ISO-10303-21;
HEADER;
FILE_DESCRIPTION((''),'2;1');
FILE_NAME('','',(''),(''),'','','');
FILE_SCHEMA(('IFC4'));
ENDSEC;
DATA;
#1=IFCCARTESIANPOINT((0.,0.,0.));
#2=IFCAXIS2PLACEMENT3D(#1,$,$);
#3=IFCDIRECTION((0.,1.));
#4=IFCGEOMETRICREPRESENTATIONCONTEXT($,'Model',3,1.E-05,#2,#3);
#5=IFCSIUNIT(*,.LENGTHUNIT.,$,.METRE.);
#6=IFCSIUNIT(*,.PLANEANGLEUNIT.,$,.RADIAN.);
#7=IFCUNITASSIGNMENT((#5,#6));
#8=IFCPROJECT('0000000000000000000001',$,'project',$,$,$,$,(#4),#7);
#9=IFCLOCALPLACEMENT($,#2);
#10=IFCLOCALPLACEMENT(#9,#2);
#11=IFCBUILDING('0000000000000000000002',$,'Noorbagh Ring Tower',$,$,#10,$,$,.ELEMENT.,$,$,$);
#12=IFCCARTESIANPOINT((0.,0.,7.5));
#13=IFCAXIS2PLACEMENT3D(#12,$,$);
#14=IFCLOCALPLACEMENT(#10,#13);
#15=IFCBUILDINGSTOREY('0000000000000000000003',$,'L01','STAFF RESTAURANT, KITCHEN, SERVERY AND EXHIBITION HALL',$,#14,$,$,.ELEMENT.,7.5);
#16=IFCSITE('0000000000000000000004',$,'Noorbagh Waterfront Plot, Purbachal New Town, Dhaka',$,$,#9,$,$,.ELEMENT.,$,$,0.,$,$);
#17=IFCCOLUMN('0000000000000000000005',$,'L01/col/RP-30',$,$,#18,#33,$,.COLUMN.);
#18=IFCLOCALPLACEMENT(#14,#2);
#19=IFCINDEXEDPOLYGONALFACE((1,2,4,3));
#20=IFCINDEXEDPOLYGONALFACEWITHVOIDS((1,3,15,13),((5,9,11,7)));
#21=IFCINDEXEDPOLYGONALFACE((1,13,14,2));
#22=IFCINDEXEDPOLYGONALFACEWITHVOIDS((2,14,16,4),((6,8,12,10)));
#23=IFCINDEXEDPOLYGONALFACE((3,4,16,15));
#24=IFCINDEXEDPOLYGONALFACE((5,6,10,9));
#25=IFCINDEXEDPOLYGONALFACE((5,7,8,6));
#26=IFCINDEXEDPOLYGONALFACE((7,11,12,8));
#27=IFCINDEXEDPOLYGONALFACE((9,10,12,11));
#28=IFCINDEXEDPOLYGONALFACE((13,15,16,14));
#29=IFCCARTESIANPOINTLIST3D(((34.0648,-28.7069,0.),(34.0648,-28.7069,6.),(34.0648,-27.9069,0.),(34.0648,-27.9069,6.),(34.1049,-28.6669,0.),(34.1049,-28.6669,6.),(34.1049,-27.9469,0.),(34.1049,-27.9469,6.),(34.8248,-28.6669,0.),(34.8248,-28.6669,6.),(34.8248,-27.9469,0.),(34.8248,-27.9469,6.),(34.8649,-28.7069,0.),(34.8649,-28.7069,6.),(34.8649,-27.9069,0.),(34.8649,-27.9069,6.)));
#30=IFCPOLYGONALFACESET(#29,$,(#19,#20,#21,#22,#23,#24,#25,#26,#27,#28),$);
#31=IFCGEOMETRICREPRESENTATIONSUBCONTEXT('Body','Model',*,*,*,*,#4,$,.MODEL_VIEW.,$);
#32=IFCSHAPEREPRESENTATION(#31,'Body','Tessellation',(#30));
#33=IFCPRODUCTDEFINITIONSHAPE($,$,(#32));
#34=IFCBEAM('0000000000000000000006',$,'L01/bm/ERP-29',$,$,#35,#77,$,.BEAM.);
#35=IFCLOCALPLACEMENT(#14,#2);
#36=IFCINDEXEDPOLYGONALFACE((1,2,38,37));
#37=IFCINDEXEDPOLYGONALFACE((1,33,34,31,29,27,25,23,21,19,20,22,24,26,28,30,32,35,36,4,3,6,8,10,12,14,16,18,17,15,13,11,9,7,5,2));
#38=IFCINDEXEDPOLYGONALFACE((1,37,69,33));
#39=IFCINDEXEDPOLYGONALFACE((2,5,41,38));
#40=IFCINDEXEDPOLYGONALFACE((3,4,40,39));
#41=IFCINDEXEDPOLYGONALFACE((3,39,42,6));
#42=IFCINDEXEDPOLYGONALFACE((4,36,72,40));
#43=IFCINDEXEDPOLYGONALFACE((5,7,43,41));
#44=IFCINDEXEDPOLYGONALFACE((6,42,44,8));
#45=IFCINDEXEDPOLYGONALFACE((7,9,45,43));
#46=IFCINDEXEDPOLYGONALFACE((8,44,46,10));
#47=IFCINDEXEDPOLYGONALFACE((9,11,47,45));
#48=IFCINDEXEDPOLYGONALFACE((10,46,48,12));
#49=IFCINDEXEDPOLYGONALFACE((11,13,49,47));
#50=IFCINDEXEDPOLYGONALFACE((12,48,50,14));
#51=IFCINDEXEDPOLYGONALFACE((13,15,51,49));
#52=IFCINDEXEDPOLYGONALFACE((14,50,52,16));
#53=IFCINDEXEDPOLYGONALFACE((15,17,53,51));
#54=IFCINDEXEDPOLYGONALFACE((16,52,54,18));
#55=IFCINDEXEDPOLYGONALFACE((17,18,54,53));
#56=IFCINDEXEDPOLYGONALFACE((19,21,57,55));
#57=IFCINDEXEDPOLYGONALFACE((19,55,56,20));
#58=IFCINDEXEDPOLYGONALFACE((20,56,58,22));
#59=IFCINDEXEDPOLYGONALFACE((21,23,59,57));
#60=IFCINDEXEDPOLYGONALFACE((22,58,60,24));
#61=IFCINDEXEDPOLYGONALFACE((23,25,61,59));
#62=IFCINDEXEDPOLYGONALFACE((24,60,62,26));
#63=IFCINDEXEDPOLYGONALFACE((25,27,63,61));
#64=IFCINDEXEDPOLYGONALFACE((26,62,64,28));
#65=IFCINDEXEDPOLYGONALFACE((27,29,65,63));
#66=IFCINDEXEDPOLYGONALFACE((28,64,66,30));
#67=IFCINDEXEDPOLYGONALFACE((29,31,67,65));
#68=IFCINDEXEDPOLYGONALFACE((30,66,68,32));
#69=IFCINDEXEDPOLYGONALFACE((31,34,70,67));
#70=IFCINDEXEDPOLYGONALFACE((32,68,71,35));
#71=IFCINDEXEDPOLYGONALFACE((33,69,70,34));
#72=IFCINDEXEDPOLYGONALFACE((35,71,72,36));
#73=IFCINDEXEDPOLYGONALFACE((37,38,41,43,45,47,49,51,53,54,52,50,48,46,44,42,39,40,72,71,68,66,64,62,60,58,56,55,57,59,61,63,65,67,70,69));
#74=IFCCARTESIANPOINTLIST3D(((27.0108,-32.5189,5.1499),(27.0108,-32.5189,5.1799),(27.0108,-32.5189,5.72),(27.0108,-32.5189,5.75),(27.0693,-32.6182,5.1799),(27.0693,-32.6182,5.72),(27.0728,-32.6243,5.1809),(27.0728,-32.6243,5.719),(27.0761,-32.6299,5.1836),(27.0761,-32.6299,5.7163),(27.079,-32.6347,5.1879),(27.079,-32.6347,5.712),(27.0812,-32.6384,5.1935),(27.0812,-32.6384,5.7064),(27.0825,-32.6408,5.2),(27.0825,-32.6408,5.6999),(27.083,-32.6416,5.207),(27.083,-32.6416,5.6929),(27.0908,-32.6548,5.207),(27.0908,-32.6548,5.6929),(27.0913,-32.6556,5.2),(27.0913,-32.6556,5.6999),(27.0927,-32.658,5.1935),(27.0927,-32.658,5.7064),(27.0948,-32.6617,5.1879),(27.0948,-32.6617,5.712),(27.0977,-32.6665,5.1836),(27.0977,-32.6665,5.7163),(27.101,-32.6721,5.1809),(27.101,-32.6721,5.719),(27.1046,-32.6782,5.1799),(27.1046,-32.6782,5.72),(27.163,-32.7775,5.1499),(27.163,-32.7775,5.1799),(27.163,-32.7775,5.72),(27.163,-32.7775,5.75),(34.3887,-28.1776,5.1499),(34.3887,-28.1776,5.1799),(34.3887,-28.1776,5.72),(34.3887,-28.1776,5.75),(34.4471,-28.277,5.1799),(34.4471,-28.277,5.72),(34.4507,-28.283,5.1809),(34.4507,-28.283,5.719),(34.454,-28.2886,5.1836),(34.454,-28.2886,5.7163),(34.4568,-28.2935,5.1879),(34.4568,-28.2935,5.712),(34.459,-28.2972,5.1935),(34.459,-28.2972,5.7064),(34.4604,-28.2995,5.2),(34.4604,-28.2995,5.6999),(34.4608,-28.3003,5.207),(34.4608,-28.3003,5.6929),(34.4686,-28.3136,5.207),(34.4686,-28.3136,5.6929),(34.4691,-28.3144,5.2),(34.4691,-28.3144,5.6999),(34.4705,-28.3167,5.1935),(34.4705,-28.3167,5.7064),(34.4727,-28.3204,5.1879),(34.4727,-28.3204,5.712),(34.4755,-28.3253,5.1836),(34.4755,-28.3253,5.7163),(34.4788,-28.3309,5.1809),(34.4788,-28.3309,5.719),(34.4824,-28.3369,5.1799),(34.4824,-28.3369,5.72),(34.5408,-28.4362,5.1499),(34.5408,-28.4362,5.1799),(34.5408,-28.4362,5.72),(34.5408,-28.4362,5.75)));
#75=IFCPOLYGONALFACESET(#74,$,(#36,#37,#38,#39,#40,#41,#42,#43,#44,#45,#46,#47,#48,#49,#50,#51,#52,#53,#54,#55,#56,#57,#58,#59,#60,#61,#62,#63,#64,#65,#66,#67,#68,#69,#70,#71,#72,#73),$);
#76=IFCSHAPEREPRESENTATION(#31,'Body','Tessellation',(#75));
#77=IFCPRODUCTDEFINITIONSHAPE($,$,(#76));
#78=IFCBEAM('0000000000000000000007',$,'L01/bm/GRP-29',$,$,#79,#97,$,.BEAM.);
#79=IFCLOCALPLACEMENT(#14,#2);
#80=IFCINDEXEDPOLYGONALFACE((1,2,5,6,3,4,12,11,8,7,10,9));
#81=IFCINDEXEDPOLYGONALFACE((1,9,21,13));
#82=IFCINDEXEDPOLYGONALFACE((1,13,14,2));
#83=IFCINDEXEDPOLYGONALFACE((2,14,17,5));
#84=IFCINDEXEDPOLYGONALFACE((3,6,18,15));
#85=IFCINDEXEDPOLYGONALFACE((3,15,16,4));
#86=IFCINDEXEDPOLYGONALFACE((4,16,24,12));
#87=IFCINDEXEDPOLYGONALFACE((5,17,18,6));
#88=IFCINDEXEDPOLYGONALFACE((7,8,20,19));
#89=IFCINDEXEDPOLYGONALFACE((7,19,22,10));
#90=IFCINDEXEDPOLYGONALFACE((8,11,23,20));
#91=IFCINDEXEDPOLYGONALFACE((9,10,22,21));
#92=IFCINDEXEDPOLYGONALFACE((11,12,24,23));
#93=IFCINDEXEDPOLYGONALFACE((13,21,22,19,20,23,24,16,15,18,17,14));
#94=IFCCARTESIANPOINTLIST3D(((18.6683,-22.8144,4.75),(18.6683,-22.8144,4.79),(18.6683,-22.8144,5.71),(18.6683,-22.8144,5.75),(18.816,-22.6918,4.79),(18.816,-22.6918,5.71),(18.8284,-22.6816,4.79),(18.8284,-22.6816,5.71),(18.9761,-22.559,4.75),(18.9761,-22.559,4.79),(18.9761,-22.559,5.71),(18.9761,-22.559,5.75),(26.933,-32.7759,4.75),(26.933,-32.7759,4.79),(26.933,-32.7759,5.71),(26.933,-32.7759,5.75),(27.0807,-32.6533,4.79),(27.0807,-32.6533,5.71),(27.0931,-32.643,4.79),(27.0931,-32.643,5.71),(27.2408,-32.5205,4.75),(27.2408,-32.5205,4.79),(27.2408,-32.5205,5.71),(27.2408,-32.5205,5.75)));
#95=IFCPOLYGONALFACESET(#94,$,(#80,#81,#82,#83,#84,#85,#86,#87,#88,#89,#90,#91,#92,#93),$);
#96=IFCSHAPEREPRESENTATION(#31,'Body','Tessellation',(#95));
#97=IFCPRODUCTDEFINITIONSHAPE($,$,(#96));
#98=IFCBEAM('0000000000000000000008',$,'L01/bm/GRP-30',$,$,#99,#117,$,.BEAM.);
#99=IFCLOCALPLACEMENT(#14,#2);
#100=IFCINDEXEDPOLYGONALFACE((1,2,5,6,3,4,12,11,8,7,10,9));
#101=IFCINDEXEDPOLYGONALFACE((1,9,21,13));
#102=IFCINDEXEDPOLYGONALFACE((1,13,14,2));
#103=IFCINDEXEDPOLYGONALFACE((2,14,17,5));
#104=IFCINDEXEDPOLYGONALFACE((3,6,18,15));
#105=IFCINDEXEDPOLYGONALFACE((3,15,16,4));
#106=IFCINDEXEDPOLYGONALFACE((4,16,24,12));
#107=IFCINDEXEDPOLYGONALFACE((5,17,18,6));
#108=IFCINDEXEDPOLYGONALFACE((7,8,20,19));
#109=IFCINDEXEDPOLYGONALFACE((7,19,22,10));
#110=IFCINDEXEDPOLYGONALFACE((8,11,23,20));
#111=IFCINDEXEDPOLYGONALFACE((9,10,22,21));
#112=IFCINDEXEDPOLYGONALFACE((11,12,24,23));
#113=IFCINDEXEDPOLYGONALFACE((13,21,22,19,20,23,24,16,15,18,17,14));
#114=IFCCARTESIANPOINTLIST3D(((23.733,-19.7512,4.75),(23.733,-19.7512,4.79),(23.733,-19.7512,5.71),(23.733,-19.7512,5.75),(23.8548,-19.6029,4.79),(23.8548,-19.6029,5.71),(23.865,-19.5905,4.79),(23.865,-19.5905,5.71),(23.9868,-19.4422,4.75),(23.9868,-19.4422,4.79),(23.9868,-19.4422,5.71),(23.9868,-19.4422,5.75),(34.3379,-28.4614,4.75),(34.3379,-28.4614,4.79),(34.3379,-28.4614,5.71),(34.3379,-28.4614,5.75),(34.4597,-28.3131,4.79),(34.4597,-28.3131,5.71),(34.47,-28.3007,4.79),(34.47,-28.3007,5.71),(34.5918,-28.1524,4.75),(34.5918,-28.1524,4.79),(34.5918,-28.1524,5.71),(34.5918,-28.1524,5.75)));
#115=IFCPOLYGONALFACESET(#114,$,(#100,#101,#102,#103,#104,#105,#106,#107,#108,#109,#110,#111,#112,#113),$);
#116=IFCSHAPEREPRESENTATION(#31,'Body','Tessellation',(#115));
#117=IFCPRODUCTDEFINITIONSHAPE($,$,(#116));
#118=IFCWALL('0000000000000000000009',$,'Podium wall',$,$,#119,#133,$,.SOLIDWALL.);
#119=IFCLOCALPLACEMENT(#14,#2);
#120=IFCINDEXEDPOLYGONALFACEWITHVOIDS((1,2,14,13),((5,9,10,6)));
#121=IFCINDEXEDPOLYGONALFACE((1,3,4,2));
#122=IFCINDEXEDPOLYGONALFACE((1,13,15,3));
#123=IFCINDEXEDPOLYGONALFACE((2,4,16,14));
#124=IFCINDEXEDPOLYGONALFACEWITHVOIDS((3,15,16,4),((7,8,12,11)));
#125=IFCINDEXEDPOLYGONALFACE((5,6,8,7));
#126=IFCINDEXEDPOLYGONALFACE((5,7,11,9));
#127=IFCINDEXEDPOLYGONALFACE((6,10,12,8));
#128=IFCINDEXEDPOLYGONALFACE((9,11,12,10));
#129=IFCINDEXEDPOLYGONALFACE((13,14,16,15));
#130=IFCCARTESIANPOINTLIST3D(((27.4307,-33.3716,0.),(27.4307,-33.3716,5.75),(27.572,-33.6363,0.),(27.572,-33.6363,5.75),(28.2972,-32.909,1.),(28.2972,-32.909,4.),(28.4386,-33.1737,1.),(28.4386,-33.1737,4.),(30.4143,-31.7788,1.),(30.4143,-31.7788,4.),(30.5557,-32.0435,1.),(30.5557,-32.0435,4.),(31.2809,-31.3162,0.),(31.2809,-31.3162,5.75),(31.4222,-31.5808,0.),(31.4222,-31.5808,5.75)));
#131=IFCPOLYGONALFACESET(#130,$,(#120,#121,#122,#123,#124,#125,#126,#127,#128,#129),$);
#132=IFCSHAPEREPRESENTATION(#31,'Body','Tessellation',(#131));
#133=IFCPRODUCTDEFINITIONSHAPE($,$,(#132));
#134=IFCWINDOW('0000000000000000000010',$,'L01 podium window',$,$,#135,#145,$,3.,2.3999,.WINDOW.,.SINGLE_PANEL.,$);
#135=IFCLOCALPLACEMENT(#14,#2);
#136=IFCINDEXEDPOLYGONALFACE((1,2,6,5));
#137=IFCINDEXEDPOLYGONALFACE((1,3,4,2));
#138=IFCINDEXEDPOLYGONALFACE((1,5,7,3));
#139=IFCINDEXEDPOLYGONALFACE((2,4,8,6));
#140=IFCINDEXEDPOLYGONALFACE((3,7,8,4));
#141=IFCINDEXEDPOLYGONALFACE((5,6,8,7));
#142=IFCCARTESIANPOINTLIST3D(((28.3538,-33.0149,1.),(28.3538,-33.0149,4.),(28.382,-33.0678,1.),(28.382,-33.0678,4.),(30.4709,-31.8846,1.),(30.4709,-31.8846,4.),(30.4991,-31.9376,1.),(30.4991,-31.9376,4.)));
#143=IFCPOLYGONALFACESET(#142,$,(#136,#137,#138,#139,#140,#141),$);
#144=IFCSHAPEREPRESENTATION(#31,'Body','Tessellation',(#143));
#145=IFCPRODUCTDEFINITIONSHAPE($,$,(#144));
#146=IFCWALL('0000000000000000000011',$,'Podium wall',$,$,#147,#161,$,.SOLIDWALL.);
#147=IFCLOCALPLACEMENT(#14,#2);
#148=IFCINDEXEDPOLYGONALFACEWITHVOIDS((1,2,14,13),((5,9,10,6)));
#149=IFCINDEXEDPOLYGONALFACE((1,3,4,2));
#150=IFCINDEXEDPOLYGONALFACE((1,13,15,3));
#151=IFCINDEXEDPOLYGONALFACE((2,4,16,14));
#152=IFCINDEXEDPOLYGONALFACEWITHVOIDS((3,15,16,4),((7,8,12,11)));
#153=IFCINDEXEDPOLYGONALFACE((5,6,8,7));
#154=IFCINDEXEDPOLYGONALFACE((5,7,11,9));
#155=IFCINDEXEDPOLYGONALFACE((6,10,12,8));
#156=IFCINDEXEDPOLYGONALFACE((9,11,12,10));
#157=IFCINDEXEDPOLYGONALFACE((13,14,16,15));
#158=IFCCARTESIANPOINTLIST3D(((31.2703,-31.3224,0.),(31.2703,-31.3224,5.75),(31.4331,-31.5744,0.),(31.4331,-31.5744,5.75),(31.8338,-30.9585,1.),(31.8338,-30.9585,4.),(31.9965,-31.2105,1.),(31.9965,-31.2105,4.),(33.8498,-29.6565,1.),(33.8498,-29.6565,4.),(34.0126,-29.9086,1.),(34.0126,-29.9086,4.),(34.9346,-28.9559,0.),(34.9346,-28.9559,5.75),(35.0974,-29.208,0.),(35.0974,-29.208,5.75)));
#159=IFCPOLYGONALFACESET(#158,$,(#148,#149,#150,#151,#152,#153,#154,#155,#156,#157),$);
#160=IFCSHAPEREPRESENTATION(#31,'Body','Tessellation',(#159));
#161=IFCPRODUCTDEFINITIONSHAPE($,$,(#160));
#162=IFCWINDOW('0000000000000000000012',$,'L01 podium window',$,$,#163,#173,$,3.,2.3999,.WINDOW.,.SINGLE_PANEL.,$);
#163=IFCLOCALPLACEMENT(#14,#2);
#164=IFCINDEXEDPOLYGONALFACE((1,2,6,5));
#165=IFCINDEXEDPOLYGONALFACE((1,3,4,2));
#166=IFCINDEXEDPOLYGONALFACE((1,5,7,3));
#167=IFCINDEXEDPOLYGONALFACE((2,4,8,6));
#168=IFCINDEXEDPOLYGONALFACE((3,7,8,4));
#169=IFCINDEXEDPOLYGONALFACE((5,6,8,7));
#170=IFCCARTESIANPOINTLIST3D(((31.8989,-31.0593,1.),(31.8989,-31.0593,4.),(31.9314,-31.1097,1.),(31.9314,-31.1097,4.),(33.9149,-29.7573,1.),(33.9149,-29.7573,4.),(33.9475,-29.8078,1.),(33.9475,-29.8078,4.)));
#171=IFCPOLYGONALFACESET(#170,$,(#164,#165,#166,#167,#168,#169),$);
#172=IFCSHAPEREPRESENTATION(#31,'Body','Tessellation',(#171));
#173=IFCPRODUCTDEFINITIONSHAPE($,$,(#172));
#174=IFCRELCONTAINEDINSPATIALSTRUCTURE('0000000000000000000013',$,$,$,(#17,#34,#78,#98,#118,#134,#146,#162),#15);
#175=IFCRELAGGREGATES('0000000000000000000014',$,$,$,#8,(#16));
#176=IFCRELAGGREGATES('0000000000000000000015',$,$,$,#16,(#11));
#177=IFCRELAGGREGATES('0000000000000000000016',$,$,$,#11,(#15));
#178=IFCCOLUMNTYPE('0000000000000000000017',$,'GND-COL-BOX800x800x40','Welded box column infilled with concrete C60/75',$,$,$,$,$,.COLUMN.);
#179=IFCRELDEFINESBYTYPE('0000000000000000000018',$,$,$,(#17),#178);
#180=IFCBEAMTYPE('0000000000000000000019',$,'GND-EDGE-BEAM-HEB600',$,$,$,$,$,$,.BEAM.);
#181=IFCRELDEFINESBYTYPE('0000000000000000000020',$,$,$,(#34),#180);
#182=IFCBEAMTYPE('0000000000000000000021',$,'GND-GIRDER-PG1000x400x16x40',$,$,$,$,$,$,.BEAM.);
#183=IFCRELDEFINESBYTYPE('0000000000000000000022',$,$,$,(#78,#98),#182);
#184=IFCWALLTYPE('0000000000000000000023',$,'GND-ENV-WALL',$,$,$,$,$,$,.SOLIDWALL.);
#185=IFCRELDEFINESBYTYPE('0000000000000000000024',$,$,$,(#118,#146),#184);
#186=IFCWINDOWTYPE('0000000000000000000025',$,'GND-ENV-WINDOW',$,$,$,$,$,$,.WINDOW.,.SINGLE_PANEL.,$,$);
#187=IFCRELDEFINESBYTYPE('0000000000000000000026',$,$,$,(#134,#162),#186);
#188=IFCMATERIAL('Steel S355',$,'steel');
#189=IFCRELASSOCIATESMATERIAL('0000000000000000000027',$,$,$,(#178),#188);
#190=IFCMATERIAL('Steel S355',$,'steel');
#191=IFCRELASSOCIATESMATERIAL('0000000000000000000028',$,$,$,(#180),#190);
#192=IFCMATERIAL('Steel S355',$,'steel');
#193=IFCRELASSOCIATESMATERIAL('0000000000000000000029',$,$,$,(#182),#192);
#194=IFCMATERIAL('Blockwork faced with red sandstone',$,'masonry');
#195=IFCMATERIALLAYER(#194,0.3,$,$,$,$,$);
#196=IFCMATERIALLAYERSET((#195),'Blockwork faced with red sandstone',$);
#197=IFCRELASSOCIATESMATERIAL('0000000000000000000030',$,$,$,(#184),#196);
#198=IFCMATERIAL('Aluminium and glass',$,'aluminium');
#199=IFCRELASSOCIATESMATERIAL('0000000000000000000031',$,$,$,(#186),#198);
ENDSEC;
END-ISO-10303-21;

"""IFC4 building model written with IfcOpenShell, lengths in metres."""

from ifc_helpers import new_model, si_unit, direction, frame, frame_2d, origin, origin_2d, place, context, subcontext, project, spatial, rectangle, hollow_rectangle, i_section, extrude, material, layer, layer_set, material_profile, profile_set, type_object, element, fill, save


model = new_model("IFC4")

# Units and contexts
model_context = context("Model", 3, precision=1e-05, world=origin(), true_north=direction((0.0, 1.0)))
body_context = subcontext(model_context, "Body", "Model", "MODEL_VIEW")
ifc_project = project(units=[si_unit("LENGTHUNIT", "METRE"), si_unit("PLANEANGLEUNIT", "RADIAN")], contexts=[model_context])

# Site, building, storey
site_placement = place(None, origin())
site = spatial("IfcSite", under=ifc_project, at=site_placement, Name="Noorbagh Waterfront Plot, Purbachal New Town, Dhaka", CompositionType="ELEMENT", RefElevation=0.0)
building_placement = place(site_placement, origin())
building = spatial("IfcBuilding", under=site, at=building_placement, Name="Noorbagh Ring Tower", CompositionType="ELEMENT")
storey_placement = place(building_placement, frame((0.0, 0.0, 7.5)))
storey = spatial("IfcBuildingStorey", under=building, at=storey_placement, Name="L01", Description="STAFF RESTAURANT, KITCHEN, SERVERY AND EXHIBITION HALL", CompositionType="ELEMENT", Elevation=7.5)

# Column
ifc_material_1 = material(Name="Steel S355", Category="steel")
ifc_material_profile_1 = material_profile(ifc_material_1, hollow_rectangle(XDim=0.8, YDim=0.8, WallThickness=0.04, at=origin_2d()), Name="BOX800x800x40")
ifc_profile_set_1 = profile_set([ifc_material_profile_1], Name="Steel S355")
column_type = type_object("IfcColumnType", Name="GND-COL-BOX800x800x40", Description="Welded box column infilled with concrete C60/75", PredefinedType="COLUMN", material=ifc_profile_set_1)
column_placement = place(storey_placement, frame((34.4648, -28.3069, 0.0), z_axis=(0.0, 0.0, 1.0), x_axis=(1.0, 0.0, 0.0)))
element("IfcColumn", 1, at=column_placement, inside=storey, type_object=column_type, Name="L01/col/RP-30", PredefinedType="COLUMN", context=body_context, shape_type="SweptSolid", body=[
    extrude(hollow_rectangle(XDim=0.8, YDim=0.8, WallThickness=0.04, at=origin_2d()), origin(), (0.0, 0.0, 1.0), 6.0),
])

# Beams
ifc_material_2 = material(Name="Steel S355", Category="steel")
ifc_material_profile_2 = material_profile(ifc_material_2, i_section(OverallWidth=0.3, OverallDepth=0.6001, WebThickness=0.0154, FlangeThickness=0.03, FilletRadius=0.0271, at=origin_2d()), Name="HEB600")
ifc_profile_set_2 = profile_set([ifc_material_profile_2], Name="Steel S355")
beam_type_1 = type_object("IfcBeamType", Name="GND-EDGE-BEAM-HEB600", PredefinedType="BEAM", material=ifc_profile_set_2)
beam_1_placement = place(storey_placement, frame((27.0869, -32.6482, 5.45), z_axis=(0.861865, 0.507137, 0.0), x_axis=(-0.507137, 0.861865, 0.0)))
element("IfcBeam", 2, at=beam_1_placement, inside=storey, type_object=beam_type_1, Name="L01/bm/ERP-29", PredefinedType="BEAM", context=body_context, shape_type="SweptSolid", body=[
    extrude(i_section(OverallWidth=0.3, OverallDepth=0.6001, WebThickness=0.0154, FlangeThickness=0.03, FilletRadius=0.0271, at=origin_2d()), origin(), (0.0, 0.0, 1.0), 8.5603),
])
ifc_material_3 = material(Name="Steel S355", Category="steel")
ifc_material_profile_3 = material_profile(ifc_material_3, i_section(OverallWidth=0.3999, OverallDepth=1.0, WebThickness=0.0161, FlangeThickness=0.04, at=origin_2d()), Name="PG1000x400x16x40")
ifc_profile_set_3 = profile_set([ifc_material_profile_3], Name="Steel S355")
beam_type_2 = type_object("IfcBeamType", Name="GND-GIRDER-PG1000x400x16x40", PredefinedType="BEAM", material=ifc_profile_set_3)
beam_2_placement = place(storey_placement, frame((27.0869, -32.6482, 5.25), z_axis=(-0.638517, 0.769608, 0.0), x_axis=(-0.769608, -0.638517, 0.0)))
element("IfcBeam", 3, at=beam_2_placement, inside=storey, type_object=beam_type_2, Name="L01/bm/GRP-29", PredefinedType="BEAM", context=body_context, shape_type="SweptSolid", body=[
    extrude(i_section(OverallWidth=0.3999, OverallDepth=1.0, WebThickness=0.0161, FlangeThickness=0.04, at=origin_2d()), origin(), (0.0, 0.0, 1.0), 12.9436),
])
beam_3_placement = place(storey_placement, frame((34.4648, -28.3069, 5.25), z_axis=(-0.772763, 0.634695, 0.0), x_axis=(-0.634695, -0.772763, 0.0)))
element("IfcBeam", 4, at=beam_3_placement, inside=storey, type_object=beam_type_2, Name="L01/bm/GRP-30", PredefinedType="BEAM", context=body_context, shape_type="SweptSolid", body=[
    extrude(i_section(OverallWidth=0.3999, OverallDepth=1.0, WebThickness=0.0161, FlangeThickness=0.04, at=origin_2d()), origin(), (0.0, 0.0, 1.0), 13.7234),
])

# Walls, openings, windows
ifc_material_4 = material(Name="Blockwork faced with red sandstone", Category="masonry")
ifc_layer_1 = layer(ifc_material_4, 0.3)
ifc_layer_set_1 = layer_set([ifc_layer_1], Name="Blockwork faced with red sandstone")
wall_type_1 = type_object("IfcWallType", Name="GND-ENV-WALL", PredefinedType="SOLIDWALL", material=ifc_layer_set_1)
wall_1_placement = place(storey_placement, frame((27.5015, -33.5039, 0.0), z_axis=(0.0, 0.0, 1.0), x_axis=(0.882159, 0.470951, 0.0)))
wall_1 = element("IfcWall", 5, at=wall_1_placement, inside=storey, type_object=wall_type_1, Name="Podium wall", PredefinedType="SOLIDWALL", context=body_context, shape_type="SweptSolid", body=[
    extrude(rectangle(XDim=4.3645, YDim=0.3, at=frame_2d((2.1821, 0.0))), origin(), (0.0, 0.0, 1.0), 5.75),
])
opening_1_placement = place(wall_1_placement, frame((0.9822, 0.0, 1.0)))
opening_1 = element("IfcOpeningElement", 6, at=opening_1_placement, cuts=wall_1, PredefinedType="OPENING", context=body_context, shape_type="SweptSolid", body=[
    extrude(rectangle(XDim=2.3999, YDim=3.0, at=frame_2d((1.2, 1.5))), frame((0.0, 0.1602, 0.0), z_axis=(0.0, -1.0, 0.0), x_axis=(1.0, 0.0, 0.0)), (0.0, 0.0, 1.0), 0.3201),
])
ifc_material_5 = material(Name="Aluminium and glass", Category="aluminium")
window_type = type_object("IfcWindowType", Name="GND-ENV-WINDOW", PartitioningType="SINGLE_PANEL", PredefinedType="WINDOW", material=ifc_material_5)
window_1_placement = place(opening_1_placement, origin())
window_1 = element("IfcWindow", 7, at=window_1_placement, inside=storey, type_object=window_type, Name="L01 podium window", OverallHeight=3.0, OverallWidth=2.3999, PartitioningType="SINGLE_PANEL", PredefinedType="WINDOW", context=body_context, shape_type="SweptSolid", body=[
    extrude(rectangle(XDim=2.3999, YDim=3.0, at=frame_2d((1.2, 1.5))), frame((0.0, 0.03, 0.0), z_axis=(0.0, -1.0, 0.0), x_axis=(1.0, 0.0, 0.0)), (0.0, 0.0, 1.0), 0.0601),
])
fill(opening_1, window_1)
wall_2_placement = place(storey_placement, frame((31.3516, -31.4485, 0.0), z_axis=(0.0, 0.0, 1.0), x_axis=(0.840047, 0.542513, 0.0)))
wall_2 = element("IfcWall", 8, at=wall_2_placement, inside=storey, type_object=wall_type_1, Name="Podium wall", PredefinedType="SOLIDWALL", context=body_context, shape_type="SweptSolid", body=[
    extrude(rectangle(XDim=4.3621, YDim=0.3, at=frame_2d((2.1812, 0.0))), origin(), (0.0, 0.0, 1.0), 5.75),
])
opening_2_placement = place(wall_2_placement, frame((0.6709, 0.0, 1.0)))
opening_2 = element("IfcOpeningElement", 9, at=opening_2_placement, cuts=wall_2, PredefinedType="OPENING", context=body_context, shape_type="SweptSolid", body=[
    extrude(rectangle(XDim=2.3999, YDim=3.0, at=frame_2d((1.2, 1.5))), frame((0.0, 0.1602, 0.0), z_axis=(0.0, -1.0, 0.0), x_axis=(1.0, 0.0, 0.0)), (0.0, 0.0, 1.0), 0.3201),
])
window_2_placement = place(opening_2_placement, origin())
window_2 = element("IfcWindow", 10, at=window_2_placement, inside=storey, type_object=window_type, Name="L01 podium window", OverallHeight=3.0, OverallWidth=2.3999, PartitioningType="SINGLE_PANEL", PredefinedType="WINDOW", context=body_context, shape_type="SweptSolid", body=[
    extrude(rectangle(XDim=2.3999, YDim=3.0, at=frame_2d((1.2, 1.5))), frame((0.0, 0.03, 0.0), z_axis=(0.0, -1.0, 0.0), x_axis=(1.0, 0.0, 0.0)), (0.0, 0.0, 1.0), 0.0601),
])
fill(opening_2, window_2)

save(model, "model.ifc")
